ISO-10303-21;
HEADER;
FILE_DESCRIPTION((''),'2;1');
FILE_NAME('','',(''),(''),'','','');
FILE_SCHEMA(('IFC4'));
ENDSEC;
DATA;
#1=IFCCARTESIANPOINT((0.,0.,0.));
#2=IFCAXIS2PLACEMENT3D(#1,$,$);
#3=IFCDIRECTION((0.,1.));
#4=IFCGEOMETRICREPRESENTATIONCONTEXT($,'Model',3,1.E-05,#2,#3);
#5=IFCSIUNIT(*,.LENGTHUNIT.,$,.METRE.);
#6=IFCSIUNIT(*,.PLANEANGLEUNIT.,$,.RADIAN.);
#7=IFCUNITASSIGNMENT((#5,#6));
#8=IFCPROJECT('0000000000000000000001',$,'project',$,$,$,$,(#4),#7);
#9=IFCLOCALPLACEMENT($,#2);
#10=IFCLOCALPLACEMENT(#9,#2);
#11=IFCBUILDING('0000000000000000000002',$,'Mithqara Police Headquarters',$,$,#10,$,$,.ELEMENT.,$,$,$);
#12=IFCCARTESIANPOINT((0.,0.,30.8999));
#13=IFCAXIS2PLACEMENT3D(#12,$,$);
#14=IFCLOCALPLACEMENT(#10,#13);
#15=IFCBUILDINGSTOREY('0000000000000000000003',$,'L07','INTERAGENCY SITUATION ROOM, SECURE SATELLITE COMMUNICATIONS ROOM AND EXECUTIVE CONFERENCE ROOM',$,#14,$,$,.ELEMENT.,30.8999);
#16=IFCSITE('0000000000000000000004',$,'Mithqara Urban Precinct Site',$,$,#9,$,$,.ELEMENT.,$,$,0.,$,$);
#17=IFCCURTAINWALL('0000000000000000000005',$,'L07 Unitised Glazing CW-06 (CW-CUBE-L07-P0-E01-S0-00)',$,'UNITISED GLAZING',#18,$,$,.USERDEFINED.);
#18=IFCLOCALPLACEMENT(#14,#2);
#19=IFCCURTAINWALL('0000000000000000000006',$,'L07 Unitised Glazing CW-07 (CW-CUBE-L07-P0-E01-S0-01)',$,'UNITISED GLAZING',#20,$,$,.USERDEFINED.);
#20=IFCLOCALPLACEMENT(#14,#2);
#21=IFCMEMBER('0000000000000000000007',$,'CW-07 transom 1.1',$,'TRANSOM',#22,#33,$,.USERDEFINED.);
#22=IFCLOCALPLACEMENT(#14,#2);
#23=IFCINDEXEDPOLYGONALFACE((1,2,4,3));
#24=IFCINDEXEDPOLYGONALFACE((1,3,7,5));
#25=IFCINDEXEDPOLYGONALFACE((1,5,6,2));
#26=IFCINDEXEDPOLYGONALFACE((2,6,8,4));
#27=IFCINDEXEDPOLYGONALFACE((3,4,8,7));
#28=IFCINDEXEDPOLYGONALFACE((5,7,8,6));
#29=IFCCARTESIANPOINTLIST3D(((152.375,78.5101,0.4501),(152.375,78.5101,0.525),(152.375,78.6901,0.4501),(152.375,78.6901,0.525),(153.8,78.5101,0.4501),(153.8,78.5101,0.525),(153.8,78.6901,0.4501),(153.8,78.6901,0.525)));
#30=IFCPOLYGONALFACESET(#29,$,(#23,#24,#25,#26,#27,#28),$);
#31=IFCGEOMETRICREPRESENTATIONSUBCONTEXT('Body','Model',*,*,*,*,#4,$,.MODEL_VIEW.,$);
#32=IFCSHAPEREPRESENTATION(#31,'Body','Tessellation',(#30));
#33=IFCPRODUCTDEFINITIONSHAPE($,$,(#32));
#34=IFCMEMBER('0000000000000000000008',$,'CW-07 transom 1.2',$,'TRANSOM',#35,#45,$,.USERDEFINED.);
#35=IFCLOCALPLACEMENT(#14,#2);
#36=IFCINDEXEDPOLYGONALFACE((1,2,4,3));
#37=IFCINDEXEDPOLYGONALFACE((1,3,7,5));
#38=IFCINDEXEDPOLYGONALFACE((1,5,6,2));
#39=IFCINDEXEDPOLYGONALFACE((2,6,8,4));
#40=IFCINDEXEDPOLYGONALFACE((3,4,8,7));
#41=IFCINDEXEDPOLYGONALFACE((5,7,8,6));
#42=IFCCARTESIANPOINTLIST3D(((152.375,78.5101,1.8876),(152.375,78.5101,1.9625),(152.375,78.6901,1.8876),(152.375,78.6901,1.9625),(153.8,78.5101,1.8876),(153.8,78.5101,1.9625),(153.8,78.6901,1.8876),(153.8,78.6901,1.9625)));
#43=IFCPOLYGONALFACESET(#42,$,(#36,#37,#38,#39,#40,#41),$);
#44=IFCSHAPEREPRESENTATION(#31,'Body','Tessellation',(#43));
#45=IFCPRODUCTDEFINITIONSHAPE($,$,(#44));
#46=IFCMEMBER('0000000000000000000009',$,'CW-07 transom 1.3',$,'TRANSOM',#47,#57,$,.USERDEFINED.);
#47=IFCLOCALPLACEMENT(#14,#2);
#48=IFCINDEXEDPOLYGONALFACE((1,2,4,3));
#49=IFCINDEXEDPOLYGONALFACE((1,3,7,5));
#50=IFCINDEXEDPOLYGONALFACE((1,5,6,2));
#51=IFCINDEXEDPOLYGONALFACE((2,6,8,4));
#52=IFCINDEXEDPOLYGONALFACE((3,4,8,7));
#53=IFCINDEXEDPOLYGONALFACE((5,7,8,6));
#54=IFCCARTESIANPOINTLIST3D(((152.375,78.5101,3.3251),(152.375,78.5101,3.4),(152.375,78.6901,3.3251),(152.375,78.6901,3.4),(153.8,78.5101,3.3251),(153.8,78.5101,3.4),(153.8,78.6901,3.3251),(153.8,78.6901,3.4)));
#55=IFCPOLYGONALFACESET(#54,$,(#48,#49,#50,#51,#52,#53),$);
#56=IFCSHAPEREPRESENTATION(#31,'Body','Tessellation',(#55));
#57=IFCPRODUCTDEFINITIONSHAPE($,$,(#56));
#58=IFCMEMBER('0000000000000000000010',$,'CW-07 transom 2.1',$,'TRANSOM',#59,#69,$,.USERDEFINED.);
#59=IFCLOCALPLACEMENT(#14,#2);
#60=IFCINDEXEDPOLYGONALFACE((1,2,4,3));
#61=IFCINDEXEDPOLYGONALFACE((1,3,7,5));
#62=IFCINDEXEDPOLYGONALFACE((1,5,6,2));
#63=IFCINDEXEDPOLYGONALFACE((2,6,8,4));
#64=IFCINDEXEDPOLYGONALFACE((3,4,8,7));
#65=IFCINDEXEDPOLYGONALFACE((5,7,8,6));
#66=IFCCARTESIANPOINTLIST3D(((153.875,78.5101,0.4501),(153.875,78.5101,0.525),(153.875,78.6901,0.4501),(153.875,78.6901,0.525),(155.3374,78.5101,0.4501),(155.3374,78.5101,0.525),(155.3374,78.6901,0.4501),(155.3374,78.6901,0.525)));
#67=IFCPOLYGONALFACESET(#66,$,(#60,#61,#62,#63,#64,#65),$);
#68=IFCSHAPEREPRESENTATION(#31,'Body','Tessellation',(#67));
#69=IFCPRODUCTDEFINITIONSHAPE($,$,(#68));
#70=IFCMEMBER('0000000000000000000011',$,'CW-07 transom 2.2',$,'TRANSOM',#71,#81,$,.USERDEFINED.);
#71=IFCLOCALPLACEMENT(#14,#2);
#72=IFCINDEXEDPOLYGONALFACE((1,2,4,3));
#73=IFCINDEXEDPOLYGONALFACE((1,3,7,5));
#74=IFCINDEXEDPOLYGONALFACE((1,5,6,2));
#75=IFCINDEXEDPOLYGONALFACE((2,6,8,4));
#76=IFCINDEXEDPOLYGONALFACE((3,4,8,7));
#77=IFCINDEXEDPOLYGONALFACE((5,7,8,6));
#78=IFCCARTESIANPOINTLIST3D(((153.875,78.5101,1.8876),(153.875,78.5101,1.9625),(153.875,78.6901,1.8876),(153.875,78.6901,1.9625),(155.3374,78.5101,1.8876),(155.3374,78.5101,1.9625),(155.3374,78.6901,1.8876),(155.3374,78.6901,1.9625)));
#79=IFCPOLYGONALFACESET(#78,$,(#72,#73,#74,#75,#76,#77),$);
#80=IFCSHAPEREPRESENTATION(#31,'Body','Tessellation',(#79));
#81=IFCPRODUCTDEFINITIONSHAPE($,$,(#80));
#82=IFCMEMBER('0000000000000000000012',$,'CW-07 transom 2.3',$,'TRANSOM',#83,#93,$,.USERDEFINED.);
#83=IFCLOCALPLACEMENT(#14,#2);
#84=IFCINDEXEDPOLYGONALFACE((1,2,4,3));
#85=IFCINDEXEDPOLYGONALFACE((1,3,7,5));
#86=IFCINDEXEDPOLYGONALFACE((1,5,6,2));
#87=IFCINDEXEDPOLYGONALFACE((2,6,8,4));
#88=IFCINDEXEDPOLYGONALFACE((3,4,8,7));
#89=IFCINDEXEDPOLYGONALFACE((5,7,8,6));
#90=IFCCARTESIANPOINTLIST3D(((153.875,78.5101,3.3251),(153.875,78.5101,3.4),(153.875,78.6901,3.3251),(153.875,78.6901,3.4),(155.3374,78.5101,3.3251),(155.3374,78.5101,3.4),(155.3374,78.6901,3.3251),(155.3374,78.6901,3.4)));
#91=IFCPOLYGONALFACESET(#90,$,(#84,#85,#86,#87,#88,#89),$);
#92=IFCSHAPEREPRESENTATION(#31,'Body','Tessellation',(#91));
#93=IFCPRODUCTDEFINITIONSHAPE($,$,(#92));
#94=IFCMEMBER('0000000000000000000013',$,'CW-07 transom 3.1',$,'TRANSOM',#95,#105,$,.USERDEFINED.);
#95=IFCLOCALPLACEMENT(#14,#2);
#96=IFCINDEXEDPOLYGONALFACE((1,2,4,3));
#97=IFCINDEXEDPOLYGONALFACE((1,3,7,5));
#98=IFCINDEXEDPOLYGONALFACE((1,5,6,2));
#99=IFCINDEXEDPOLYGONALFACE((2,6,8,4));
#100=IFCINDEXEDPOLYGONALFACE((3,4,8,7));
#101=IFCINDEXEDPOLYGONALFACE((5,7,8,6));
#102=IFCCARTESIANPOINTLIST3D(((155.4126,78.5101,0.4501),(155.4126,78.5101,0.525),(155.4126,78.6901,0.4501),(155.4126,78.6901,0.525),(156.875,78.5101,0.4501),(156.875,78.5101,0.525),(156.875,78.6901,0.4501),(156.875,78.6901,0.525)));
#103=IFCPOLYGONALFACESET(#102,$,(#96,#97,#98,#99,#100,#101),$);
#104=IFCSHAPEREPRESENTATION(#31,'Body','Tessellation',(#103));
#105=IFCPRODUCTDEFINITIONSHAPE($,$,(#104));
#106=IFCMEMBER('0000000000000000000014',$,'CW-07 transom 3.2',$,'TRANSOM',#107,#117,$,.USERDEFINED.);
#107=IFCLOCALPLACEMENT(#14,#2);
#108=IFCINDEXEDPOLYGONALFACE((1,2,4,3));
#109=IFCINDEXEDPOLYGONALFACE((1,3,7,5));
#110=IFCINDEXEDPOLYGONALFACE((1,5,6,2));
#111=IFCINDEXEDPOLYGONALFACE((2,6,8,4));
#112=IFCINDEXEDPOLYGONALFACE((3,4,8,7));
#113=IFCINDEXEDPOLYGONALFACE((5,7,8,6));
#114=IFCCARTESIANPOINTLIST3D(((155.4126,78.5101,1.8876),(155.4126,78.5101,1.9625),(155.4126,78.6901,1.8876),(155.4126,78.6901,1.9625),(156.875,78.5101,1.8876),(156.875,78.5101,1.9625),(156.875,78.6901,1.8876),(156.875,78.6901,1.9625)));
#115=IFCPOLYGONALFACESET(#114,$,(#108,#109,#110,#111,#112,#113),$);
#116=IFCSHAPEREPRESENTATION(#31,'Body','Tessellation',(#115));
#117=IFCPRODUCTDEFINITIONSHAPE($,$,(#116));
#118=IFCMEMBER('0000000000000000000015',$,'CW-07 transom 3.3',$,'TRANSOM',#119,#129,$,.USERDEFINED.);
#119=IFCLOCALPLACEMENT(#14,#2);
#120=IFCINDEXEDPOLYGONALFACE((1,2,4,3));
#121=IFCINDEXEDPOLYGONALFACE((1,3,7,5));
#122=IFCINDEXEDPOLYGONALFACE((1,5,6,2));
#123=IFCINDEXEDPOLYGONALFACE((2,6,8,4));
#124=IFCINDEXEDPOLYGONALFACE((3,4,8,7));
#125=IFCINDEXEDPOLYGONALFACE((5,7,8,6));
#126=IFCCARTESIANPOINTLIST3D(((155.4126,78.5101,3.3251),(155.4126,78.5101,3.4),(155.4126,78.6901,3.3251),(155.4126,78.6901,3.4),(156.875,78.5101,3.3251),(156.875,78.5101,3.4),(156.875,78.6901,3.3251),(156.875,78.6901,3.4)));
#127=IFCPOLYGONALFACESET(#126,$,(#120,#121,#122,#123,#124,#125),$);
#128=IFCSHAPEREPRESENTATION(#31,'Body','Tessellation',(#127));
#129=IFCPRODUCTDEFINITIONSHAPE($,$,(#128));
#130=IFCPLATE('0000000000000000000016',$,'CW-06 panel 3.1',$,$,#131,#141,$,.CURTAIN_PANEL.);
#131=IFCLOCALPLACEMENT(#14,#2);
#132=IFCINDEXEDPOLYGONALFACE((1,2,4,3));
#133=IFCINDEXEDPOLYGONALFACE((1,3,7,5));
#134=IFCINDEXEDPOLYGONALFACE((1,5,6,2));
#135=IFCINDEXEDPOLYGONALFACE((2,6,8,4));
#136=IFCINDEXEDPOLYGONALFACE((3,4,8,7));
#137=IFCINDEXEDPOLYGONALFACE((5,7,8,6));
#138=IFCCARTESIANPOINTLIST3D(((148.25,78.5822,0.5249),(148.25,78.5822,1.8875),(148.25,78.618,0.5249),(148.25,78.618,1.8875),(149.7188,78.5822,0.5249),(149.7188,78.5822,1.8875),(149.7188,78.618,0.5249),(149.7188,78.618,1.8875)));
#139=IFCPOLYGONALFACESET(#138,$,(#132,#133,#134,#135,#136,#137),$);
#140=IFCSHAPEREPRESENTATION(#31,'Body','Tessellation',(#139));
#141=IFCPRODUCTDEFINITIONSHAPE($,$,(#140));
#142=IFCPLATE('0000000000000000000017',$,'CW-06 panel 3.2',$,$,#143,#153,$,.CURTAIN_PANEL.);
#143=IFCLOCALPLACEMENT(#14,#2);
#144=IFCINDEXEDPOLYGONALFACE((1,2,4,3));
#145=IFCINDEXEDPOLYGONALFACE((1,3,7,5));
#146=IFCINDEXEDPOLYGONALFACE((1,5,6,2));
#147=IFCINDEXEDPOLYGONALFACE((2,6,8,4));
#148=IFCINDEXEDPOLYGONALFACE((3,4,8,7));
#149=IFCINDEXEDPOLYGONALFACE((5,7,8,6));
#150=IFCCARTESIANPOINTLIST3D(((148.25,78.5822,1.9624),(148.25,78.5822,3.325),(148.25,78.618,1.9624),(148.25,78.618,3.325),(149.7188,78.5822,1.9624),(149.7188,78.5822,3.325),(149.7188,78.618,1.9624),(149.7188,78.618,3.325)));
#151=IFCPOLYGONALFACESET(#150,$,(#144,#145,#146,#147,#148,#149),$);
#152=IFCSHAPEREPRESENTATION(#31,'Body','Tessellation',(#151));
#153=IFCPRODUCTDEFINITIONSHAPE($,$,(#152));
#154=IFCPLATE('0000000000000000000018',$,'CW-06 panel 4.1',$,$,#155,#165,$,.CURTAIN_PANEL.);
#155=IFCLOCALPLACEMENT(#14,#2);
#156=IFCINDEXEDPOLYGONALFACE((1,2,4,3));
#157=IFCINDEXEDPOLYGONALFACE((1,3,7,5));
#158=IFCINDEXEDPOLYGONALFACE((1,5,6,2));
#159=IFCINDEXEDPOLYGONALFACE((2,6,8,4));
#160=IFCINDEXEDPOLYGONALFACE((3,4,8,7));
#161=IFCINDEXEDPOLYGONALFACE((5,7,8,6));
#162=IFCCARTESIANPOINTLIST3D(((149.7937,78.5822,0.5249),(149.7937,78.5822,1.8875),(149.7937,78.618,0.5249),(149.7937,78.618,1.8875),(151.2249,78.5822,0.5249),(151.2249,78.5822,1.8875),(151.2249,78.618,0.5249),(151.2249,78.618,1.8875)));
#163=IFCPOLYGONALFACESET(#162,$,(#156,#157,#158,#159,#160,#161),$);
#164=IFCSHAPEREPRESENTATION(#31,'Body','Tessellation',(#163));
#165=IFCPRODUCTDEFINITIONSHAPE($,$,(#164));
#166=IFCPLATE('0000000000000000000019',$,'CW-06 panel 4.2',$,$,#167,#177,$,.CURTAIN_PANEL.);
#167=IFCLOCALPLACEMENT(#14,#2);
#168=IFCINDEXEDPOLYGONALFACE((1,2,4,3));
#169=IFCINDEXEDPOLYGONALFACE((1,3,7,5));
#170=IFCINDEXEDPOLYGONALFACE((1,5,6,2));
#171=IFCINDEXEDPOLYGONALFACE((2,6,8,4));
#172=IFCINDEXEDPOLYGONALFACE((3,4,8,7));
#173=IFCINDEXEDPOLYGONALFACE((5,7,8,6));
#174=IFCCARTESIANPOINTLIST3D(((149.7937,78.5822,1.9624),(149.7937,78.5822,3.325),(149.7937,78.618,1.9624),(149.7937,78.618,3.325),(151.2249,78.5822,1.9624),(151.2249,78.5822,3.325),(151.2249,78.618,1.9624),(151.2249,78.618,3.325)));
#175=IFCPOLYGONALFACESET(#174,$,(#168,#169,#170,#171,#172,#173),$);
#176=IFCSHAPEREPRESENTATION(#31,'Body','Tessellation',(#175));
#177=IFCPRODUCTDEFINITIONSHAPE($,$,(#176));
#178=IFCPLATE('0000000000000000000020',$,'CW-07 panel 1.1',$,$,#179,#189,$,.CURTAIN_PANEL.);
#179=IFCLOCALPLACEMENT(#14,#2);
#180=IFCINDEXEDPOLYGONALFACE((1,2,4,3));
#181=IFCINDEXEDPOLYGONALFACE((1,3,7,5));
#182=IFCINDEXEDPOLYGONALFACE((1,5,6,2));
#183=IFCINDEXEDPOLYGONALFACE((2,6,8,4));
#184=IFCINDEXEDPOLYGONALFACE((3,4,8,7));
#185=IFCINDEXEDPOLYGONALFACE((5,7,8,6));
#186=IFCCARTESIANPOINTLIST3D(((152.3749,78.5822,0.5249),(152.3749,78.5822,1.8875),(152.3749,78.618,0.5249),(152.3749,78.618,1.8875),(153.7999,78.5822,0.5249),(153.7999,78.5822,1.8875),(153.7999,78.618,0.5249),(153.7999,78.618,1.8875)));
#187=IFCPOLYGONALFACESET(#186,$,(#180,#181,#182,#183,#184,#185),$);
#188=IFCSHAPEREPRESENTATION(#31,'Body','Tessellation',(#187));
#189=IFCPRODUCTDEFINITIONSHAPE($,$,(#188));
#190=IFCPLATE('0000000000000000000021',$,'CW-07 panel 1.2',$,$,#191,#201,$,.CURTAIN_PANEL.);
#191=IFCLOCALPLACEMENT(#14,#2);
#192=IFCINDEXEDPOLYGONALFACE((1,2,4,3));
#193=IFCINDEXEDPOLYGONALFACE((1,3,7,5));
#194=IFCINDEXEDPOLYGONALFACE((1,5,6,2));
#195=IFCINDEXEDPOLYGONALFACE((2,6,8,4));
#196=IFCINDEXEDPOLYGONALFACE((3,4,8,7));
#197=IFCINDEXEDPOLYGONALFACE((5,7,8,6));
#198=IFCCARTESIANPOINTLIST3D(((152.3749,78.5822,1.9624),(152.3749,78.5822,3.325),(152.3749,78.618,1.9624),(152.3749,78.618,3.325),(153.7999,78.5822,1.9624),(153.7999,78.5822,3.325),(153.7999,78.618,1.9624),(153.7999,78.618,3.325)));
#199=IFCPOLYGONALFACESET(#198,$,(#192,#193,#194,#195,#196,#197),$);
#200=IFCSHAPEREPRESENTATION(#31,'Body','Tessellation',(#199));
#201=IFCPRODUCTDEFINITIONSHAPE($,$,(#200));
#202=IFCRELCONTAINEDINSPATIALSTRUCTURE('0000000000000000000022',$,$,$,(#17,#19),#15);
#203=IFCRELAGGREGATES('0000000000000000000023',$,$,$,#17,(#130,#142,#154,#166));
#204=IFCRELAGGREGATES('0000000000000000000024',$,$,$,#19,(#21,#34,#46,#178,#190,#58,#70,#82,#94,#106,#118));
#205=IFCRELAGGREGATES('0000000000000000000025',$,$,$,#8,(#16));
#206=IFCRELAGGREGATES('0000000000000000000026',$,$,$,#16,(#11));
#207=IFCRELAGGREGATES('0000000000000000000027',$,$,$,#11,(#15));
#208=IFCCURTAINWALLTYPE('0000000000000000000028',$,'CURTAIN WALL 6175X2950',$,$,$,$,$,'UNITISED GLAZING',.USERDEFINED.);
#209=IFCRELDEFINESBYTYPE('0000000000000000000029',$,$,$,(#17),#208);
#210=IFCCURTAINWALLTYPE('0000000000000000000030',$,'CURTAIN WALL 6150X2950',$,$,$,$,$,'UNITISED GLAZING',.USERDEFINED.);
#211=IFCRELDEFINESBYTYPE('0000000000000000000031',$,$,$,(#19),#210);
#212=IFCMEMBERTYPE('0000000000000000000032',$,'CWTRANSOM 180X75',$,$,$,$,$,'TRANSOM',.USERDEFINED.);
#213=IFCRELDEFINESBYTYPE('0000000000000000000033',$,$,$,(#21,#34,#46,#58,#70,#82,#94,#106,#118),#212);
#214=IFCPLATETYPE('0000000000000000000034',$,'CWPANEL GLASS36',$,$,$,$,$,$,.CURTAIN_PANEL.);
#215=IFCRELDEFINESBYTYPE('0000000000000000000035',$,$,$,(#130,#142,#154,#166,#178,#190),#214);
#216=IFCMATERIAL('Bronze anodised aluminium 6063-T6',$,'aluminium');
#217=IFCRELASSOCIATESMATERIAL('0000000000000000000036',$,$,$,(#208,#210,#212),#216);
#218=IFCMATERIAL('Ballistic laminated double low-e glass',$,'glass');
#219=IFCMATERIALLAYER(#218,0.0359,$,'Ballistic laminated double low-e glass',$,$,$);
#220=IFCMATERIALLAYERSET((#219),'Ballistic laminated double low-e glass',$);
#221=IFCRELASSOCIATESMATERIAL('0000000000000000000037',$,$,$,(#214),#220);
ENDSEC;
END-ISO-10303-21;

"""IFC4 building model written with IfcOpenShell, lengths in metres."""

from ifc_helpers import new_model, si_unit, direction, frame, origin, origin_2d, place, context, subcontext, project, spatial, rectangle, extrude, material, layer, layer_set, material_profile, profile_set, type_object, element, aggregate, save


model = new_model("IFC4")

# Units and contexts
model_context = context("Model", 3, precision=1e-05, world=origin(), true_north=direction((0.0, 1.0)))
body_context = subcontext(model_context, "Body", "Model", "MODEL_VIEW")
ifc_project = project(units=[si_unit("LENGTHUNIT", "METRE"), si_unit("PLANEANGLEUNIT", "RADIAN")], contexts=[model_context])

# Site, building, storey
site_placement = place(None, origin())
site = spatial("IfcSite", under=ifc_project, at=site_placement, Name="Mithqara Urban Precinct Site", CompositionType="ELEMENT", RefElevation=0.0)
building_placement = place(site_placement, origin())
building = spatial("IfcBuilding", under=site, at=building_placement, Name="Mithqara Police Headquarters", CompositionType="ELEMENT")
storey_placement = place(building_placement, frame((0.0, 0.0, 30.8999)))
storey = spatial("IfcBuildingStorey", under=building, at=storey_placement, Name="L07", Description="INTERAGENCY SITUATION ROOM, SECURE SATELLITE COMMUNICATIONS ROOM AND EXECUTIVE CONFERENCE ROOM", CompositionType="ELEMENT", Elevation=30.8999)

# Curtain walls
ifc_material_1 = material(Name="Bronze anodised aluminium 6063-T6", Category="aluminium")
curtain_wall_type_1 = type_object("IfcCurtainWallType", Name="CURTAIN WALL 6175X2950", ElementType="UNITISED GLAZING", PredefinedType="USERDEFINED", material=ifc_material_1)
curtain_wall_1_placement = place(storey_placement, origin())
curtain_wall_1 = element("IfcCurtainWall", 1, at=curtain_wall_1_placement, inside=storey, type_object=curtain_wall_type_1, Name="L07 Unitised Glazing CW-06 (CW-CUBE-L07-P0-E01-S0-00)", ObjectType="UNITISED GLAZING", PredefinedType="USERDEFINED")
curtain_wall_type_2 = type_object("IfcCurtainWallType", Name="CURTAIN WALL 6150X2950", ElementType="UNITISED GLAZING", PredefinedType="USERDEFINED", material=ifc_material_1)
curtain_wall_2_placement = place(storey_placement, origin())
curtain_wall_2 = element("IfcCurtainWall", 2, at=curtain_wall_2_placement, inside=storey, type_object=curtain_wall_type_2, Name="L07 Unitised Glazing CW-07 (CW-CUBE-L07-P0-E01-S0-01)", ObjectType="UNITISED GLAZING", PredefinedType="USERDEFINED")

# Members
ifc_material_profile_1 = material_profile(ifc_material_1, rectangle(XDim=0.1799, YDim=0.075, at=origin_2d()), Name="CWT 180x75")
ifc_profile_set_1 = profile_set([ifc_material_profile_1], Name="Bronze anodised aluminium 6063-T6")
member_type_1 = type_object("IfcMemberType", Name="CWTRANSOM 180X75", ElementType="TRANSOM", PredefinedType="USERDEFINED", material=ifc_profile_set_1)
member_1_placement = place(storey_placement, frame((152.375, 78.6001, 0.4875), z_axis=(1.0, 0.0, 0.0), x_axis=(0.0, 1.0, 0.0)))
member_1 = element("IfcMember", 3, at=member_1_placement, type_object=member_type_1, Name="CW-07 transom 1.1", ObjectType="TRANSOM", PredefinedType="USERDEFINED", context=body_context, shape_type="SweptSolid", body=[
    extrude(rectangle(XDim=0.1799, YDim=0.075, at=origin_2d()), origin(), (0.0, 0.0, 1.0), 1.425),
])
member_2_placement = place(storey_placement, frame((152.375, 78.6001, 1.925), z_axis=(1.0, 0.0, 0.0), x_axis=(0.0, 1.0, 0.0)))
member_2 = element("IfcMember", 4, at=member_2_placement, type_object=member_type_1, Name="CW-07 transom 1.2", ObjectType="TRANSOM", PredefinedType="USERDEFINED", context=body_context, shape_type="SweptSolid", body=[
    extrude(rectangle(XDim=0.1799, YDim=0.075, at=origin_2d()), origin(), (0.0, 0.0, 1.0), 1.425),
])
member_3_placement = place(storey_placement, frame((152.375, 78.6001, 3.3625), z_axis=(1.0, 0.0, 0.0), x_axis=(0.0, 1.0, 0.0)))
member_3 = element("IfcMember", 5, at=member_3_placement, type_object=member_type_1, Name="CW-07 transom 1.3", ObjectType="TRANSOM", PredefinedType="USERDEFINED", context=body_context, shape_type="SweptSolid", body=[
    extrude(rectangle(XDim=0.1799, YDim=0.075, at=origin_2d()), origin(), (0.0, 0.0, 1.0), 1.425),
])
member_4_placement = place(storey_placement, frame((153.875, 78.6001, 0.4875), z_axis=(1.0, 0.0, 0.0), x_axis=(0.0, 1.0, 0.0)))
member_4 = element("IfcMember", 6, at=member_4_placement, type_object=member_type_1, Name="CW-07 transom 2.1", ObjectType="TRANSOM", PredefinedType="USERDEFINED", context=body_context, shape_type="SweptSolid", body=[
    extrude(rectangle(XDim=0.1799, YDim=0.075, at=origin_2d()), origin(), (0.0, 0.0, 1.0), 1.4624),
])
member_5_placement = place(storey_placement, frame((153.875, 78.6001, 1.925), z_axis=(1.0, 0.0, 0.0), x_axis=(0.0, 1.0, 0.0)))
member_5 = element("IfcMember", 7, at=member_5_placement, type_object=member_type_1, Name="CW-07 transom 2.2", ObjectType="TRANSOM", PredefinedType="USERDEFINED", context=body_context, shape_type="SweptSolid", body=[
    extrude(rectangle(XDim=0.1799, YDim=0.075, at=origin_2d()), origin(), (0.0, 0.0, 1.0), 1.4624),
])
member_6_placement = place(storey_placement, frame((153.875, 78.6001, 3.3625), z_axis=(1.0, 0.0, 0.0), x_axis=(0.0, 1.0, 0.0)))
member_6 = element("IfcMember", 8, at=member_6_placement, type_object=member_type_1, Name="CW-07 transom 2.3", ObjectType="TRANSOM", PredefinedType="USERDEFINED", context=body_context, shape_type="SweptSolid", body=[
    extrude(rectangle(XDim=0.1799, YDim=0.075, at=origin_2d()), origin(), (0.0, 0.0, 1.0), 1.4624),
])
member_7_placement = place(storey_placement, frame((155.4126, 78.6001, 0.4875), z_axis=(1.0, 0.0, 0.0), x_axis=(0.0, 1.0, 0.0)))
member_7 = element("IfcMember", 9, at=member_7_placement, type_object=member_type_1, Name="CW-07 transom 3.1", ObjectType="TRANSOM", PredefinedType="USERDEFINED", context=body_context, shape_type="SweptSolid", body=[
    extrude(rectangle(XDim=0.1799, YDim=0.075, at=origin_2d()), origin(), (0.0, 0.0, 1.0), 1.4624),
])
member_8_placement = place(storey_placement, frame((155.4126, 78.6001, 1.925), z_axis=(1.0, 0.0, 0.0), x_axis=(0.0, 1.0, 0.0)))
member_8 = element("IfcMember", 10, at=member_8_placement, type_object=member_type_1, Name="CW-07 transom 3.2", ObjectType="TRANSOM", PredefinedType="USERDEFINED", context=body_context, shape_type="SweptSolid", body=[
    extrude(rectangle(XDim=0.1799, YDim=0.075, at=origin_2d()), origin(), (0.0, 0.0, 1.0), 1.4624),
])
member_9_placement = place(storey_placement, frame((155.4126, 78.6001, 3.3625), z_axis=(1.0, 0.0, 0.0), x_axis=(0.0, 1.0, 0.0)))
member_9 = element("IfcMember", 11, at=member_9_placement, type_object=member_type_1, Name="CW-07 transom 3.3", ObjectType="TRANSOM", PredefinedType="USERDEFINED", context=body_context, shape_type="SweptSolid", body=[
    extrude(rectangle(XDim=0.1799, YDim=0.075, at=origin_2d()), origin(), (0.0, 0.0, 1.0), 1.4624),
])

# Plates
ifc_material_2 = material(Name="Ballistic laminated double low-e glass", Category="glass")
ifc_layer_1 = layer(ifc_material_2, 0.0359, Name="Ballistic laminated double low-e glass")
ifc_layer_set_1 = layer_set([ifc_layer_1], Name="Ballistic laminated double low-e glass")
plate_type = type_object("IfcPlateType", Name="CWPANEL GLASS36", PredefinedType="CURTAIN_PANEL", material=ifc_layer_set_1)
plate_1_placement = place(storey_placement, frame((148.9844, 78.6001, 0.5249), z_axis=(0.0, 0.0, 1.0), x_axis=(1.0, 0.0, 0.0)))
plate_1 = element("IfcPlate", 12, at=plate_1_placement, type_object=plate_type, Name="CW-06 panel 3.1", PredefinedType="CURTAIN_PANEL", context=body_context, shape_type="SweptSolid", body=[
    extrude(rectangle(XDim=1.4688, YDim=0.0359, at=origin_2d()), origin(), (0.0, 0.0, 1.0), 1.3625),
])
plate_2_placement = place(storey_placement, frame((148.9844, 78.6001, 1.9624), z_axis=(0.0, 0.0, 1.0), x_axis=(1.0, 0.0, 0.0)))
plate_2 = element("IfcPlate", 13, at=plate_2_placement, type_object=plate_type, Name="CW-06 panel 3.2", PredefinedType="CURTAIN_PANEL", context=body_context, shape_type="SweptSolid", body=[
    extrude(rectangle(XDim=1.4688, YDim=0.0359, at=origin_2d()), origin(), (0.0, 0.0, 1.0), 1.3625),
])
plate_3_placement = place(storey_placement, frame((150.5093, 78.6001, 0.5249), z_axis=(0.0, 0.0, 1.0), x_axis=(1.0, 0.0, 0.0)))
plate_3 = element("IfcPlate", 14, at=plate_3_placement, type_object=plate_type, Name="CW-06 panel 4.1", PredefinedType="CURTAIN_PANEL", context=body_context, shape_type="SweptSolid", body=[
    extrude(rectangle(XDim=1.4312, YDim=0.0359, at=origin_2d()), origin(), (0.0, 0.0, 1.0), 1.3625),
])
plate_4_placement = place(storey_placement, frame((150.5093, 78.6001, 1.9624), z_axis=(0.0, 0.0, 1.0), x_axis=(1.0, 0.0, 0.0)))
plate_4 = element("IfcPlate", 15, at=plate_4_placement, type_object=plate_type, Name="CW-06 panel 4.2", PredefinedType="CURTAIN_PANEL", context=body_context, shape_type="SweptSolid", body=[
    extrude(rectangle(XDim=1.4312, YDim=0.0359, at=origin_2d()), origin(), (0.0, 0.0, 1.0), 1.3625),
])
aggregate(curtain_wall_1, [plate_1, plate_2, plate_3, plate_4])
plate_5_placement = place(storey_placement, frame((153.0874, 78.6001, 0.5249), z_axis=(0.0, 0.0, 1.0), x_axis=(1.0, 0.0, 0.0)))
plate_5 = element("IfcPlate", 16, at=plate_5_placement, type_object=plate_type, Name="CW-07 panel 1.1", PredefinedType="CURTAIN_PANEL", context=body_context, shape_type="SweptSolid", body=[
    extrude(rectangle(XDim=1.425, YDim=0.0359, at=origin_2d()), origin(), (0.0, 0.0, 1.0), 1.3625),
])
plate_6_placement = place(storey_placement, frame((153.0874, 78.6001, 1.9624), z_axis=(0.0, 0.0, 1.0), x_axis=(1.0, 0.0, 0.0)))
plate_6 = element("IfcPlate", 17, at=plate_6_placement, type_object=plate_type, Name="CW-07 panel 1.2", PredefinedType="CURTAIN_PANEL", context=body_context, shape_type="SweptSolid", body=[
    extrude(rectangle(XDim=1.425, YDim=0.0359, at=origin_2d()), origin(), (0.0, 0.0, 1.0), 1.3625),
])
aggregate(curtain_wall_2, [member_1, member_2, member_3, plate_5, plate_6, member_4, member_5, member_6, member_7, member_8, member_9])

save(model, "model.ifc")
